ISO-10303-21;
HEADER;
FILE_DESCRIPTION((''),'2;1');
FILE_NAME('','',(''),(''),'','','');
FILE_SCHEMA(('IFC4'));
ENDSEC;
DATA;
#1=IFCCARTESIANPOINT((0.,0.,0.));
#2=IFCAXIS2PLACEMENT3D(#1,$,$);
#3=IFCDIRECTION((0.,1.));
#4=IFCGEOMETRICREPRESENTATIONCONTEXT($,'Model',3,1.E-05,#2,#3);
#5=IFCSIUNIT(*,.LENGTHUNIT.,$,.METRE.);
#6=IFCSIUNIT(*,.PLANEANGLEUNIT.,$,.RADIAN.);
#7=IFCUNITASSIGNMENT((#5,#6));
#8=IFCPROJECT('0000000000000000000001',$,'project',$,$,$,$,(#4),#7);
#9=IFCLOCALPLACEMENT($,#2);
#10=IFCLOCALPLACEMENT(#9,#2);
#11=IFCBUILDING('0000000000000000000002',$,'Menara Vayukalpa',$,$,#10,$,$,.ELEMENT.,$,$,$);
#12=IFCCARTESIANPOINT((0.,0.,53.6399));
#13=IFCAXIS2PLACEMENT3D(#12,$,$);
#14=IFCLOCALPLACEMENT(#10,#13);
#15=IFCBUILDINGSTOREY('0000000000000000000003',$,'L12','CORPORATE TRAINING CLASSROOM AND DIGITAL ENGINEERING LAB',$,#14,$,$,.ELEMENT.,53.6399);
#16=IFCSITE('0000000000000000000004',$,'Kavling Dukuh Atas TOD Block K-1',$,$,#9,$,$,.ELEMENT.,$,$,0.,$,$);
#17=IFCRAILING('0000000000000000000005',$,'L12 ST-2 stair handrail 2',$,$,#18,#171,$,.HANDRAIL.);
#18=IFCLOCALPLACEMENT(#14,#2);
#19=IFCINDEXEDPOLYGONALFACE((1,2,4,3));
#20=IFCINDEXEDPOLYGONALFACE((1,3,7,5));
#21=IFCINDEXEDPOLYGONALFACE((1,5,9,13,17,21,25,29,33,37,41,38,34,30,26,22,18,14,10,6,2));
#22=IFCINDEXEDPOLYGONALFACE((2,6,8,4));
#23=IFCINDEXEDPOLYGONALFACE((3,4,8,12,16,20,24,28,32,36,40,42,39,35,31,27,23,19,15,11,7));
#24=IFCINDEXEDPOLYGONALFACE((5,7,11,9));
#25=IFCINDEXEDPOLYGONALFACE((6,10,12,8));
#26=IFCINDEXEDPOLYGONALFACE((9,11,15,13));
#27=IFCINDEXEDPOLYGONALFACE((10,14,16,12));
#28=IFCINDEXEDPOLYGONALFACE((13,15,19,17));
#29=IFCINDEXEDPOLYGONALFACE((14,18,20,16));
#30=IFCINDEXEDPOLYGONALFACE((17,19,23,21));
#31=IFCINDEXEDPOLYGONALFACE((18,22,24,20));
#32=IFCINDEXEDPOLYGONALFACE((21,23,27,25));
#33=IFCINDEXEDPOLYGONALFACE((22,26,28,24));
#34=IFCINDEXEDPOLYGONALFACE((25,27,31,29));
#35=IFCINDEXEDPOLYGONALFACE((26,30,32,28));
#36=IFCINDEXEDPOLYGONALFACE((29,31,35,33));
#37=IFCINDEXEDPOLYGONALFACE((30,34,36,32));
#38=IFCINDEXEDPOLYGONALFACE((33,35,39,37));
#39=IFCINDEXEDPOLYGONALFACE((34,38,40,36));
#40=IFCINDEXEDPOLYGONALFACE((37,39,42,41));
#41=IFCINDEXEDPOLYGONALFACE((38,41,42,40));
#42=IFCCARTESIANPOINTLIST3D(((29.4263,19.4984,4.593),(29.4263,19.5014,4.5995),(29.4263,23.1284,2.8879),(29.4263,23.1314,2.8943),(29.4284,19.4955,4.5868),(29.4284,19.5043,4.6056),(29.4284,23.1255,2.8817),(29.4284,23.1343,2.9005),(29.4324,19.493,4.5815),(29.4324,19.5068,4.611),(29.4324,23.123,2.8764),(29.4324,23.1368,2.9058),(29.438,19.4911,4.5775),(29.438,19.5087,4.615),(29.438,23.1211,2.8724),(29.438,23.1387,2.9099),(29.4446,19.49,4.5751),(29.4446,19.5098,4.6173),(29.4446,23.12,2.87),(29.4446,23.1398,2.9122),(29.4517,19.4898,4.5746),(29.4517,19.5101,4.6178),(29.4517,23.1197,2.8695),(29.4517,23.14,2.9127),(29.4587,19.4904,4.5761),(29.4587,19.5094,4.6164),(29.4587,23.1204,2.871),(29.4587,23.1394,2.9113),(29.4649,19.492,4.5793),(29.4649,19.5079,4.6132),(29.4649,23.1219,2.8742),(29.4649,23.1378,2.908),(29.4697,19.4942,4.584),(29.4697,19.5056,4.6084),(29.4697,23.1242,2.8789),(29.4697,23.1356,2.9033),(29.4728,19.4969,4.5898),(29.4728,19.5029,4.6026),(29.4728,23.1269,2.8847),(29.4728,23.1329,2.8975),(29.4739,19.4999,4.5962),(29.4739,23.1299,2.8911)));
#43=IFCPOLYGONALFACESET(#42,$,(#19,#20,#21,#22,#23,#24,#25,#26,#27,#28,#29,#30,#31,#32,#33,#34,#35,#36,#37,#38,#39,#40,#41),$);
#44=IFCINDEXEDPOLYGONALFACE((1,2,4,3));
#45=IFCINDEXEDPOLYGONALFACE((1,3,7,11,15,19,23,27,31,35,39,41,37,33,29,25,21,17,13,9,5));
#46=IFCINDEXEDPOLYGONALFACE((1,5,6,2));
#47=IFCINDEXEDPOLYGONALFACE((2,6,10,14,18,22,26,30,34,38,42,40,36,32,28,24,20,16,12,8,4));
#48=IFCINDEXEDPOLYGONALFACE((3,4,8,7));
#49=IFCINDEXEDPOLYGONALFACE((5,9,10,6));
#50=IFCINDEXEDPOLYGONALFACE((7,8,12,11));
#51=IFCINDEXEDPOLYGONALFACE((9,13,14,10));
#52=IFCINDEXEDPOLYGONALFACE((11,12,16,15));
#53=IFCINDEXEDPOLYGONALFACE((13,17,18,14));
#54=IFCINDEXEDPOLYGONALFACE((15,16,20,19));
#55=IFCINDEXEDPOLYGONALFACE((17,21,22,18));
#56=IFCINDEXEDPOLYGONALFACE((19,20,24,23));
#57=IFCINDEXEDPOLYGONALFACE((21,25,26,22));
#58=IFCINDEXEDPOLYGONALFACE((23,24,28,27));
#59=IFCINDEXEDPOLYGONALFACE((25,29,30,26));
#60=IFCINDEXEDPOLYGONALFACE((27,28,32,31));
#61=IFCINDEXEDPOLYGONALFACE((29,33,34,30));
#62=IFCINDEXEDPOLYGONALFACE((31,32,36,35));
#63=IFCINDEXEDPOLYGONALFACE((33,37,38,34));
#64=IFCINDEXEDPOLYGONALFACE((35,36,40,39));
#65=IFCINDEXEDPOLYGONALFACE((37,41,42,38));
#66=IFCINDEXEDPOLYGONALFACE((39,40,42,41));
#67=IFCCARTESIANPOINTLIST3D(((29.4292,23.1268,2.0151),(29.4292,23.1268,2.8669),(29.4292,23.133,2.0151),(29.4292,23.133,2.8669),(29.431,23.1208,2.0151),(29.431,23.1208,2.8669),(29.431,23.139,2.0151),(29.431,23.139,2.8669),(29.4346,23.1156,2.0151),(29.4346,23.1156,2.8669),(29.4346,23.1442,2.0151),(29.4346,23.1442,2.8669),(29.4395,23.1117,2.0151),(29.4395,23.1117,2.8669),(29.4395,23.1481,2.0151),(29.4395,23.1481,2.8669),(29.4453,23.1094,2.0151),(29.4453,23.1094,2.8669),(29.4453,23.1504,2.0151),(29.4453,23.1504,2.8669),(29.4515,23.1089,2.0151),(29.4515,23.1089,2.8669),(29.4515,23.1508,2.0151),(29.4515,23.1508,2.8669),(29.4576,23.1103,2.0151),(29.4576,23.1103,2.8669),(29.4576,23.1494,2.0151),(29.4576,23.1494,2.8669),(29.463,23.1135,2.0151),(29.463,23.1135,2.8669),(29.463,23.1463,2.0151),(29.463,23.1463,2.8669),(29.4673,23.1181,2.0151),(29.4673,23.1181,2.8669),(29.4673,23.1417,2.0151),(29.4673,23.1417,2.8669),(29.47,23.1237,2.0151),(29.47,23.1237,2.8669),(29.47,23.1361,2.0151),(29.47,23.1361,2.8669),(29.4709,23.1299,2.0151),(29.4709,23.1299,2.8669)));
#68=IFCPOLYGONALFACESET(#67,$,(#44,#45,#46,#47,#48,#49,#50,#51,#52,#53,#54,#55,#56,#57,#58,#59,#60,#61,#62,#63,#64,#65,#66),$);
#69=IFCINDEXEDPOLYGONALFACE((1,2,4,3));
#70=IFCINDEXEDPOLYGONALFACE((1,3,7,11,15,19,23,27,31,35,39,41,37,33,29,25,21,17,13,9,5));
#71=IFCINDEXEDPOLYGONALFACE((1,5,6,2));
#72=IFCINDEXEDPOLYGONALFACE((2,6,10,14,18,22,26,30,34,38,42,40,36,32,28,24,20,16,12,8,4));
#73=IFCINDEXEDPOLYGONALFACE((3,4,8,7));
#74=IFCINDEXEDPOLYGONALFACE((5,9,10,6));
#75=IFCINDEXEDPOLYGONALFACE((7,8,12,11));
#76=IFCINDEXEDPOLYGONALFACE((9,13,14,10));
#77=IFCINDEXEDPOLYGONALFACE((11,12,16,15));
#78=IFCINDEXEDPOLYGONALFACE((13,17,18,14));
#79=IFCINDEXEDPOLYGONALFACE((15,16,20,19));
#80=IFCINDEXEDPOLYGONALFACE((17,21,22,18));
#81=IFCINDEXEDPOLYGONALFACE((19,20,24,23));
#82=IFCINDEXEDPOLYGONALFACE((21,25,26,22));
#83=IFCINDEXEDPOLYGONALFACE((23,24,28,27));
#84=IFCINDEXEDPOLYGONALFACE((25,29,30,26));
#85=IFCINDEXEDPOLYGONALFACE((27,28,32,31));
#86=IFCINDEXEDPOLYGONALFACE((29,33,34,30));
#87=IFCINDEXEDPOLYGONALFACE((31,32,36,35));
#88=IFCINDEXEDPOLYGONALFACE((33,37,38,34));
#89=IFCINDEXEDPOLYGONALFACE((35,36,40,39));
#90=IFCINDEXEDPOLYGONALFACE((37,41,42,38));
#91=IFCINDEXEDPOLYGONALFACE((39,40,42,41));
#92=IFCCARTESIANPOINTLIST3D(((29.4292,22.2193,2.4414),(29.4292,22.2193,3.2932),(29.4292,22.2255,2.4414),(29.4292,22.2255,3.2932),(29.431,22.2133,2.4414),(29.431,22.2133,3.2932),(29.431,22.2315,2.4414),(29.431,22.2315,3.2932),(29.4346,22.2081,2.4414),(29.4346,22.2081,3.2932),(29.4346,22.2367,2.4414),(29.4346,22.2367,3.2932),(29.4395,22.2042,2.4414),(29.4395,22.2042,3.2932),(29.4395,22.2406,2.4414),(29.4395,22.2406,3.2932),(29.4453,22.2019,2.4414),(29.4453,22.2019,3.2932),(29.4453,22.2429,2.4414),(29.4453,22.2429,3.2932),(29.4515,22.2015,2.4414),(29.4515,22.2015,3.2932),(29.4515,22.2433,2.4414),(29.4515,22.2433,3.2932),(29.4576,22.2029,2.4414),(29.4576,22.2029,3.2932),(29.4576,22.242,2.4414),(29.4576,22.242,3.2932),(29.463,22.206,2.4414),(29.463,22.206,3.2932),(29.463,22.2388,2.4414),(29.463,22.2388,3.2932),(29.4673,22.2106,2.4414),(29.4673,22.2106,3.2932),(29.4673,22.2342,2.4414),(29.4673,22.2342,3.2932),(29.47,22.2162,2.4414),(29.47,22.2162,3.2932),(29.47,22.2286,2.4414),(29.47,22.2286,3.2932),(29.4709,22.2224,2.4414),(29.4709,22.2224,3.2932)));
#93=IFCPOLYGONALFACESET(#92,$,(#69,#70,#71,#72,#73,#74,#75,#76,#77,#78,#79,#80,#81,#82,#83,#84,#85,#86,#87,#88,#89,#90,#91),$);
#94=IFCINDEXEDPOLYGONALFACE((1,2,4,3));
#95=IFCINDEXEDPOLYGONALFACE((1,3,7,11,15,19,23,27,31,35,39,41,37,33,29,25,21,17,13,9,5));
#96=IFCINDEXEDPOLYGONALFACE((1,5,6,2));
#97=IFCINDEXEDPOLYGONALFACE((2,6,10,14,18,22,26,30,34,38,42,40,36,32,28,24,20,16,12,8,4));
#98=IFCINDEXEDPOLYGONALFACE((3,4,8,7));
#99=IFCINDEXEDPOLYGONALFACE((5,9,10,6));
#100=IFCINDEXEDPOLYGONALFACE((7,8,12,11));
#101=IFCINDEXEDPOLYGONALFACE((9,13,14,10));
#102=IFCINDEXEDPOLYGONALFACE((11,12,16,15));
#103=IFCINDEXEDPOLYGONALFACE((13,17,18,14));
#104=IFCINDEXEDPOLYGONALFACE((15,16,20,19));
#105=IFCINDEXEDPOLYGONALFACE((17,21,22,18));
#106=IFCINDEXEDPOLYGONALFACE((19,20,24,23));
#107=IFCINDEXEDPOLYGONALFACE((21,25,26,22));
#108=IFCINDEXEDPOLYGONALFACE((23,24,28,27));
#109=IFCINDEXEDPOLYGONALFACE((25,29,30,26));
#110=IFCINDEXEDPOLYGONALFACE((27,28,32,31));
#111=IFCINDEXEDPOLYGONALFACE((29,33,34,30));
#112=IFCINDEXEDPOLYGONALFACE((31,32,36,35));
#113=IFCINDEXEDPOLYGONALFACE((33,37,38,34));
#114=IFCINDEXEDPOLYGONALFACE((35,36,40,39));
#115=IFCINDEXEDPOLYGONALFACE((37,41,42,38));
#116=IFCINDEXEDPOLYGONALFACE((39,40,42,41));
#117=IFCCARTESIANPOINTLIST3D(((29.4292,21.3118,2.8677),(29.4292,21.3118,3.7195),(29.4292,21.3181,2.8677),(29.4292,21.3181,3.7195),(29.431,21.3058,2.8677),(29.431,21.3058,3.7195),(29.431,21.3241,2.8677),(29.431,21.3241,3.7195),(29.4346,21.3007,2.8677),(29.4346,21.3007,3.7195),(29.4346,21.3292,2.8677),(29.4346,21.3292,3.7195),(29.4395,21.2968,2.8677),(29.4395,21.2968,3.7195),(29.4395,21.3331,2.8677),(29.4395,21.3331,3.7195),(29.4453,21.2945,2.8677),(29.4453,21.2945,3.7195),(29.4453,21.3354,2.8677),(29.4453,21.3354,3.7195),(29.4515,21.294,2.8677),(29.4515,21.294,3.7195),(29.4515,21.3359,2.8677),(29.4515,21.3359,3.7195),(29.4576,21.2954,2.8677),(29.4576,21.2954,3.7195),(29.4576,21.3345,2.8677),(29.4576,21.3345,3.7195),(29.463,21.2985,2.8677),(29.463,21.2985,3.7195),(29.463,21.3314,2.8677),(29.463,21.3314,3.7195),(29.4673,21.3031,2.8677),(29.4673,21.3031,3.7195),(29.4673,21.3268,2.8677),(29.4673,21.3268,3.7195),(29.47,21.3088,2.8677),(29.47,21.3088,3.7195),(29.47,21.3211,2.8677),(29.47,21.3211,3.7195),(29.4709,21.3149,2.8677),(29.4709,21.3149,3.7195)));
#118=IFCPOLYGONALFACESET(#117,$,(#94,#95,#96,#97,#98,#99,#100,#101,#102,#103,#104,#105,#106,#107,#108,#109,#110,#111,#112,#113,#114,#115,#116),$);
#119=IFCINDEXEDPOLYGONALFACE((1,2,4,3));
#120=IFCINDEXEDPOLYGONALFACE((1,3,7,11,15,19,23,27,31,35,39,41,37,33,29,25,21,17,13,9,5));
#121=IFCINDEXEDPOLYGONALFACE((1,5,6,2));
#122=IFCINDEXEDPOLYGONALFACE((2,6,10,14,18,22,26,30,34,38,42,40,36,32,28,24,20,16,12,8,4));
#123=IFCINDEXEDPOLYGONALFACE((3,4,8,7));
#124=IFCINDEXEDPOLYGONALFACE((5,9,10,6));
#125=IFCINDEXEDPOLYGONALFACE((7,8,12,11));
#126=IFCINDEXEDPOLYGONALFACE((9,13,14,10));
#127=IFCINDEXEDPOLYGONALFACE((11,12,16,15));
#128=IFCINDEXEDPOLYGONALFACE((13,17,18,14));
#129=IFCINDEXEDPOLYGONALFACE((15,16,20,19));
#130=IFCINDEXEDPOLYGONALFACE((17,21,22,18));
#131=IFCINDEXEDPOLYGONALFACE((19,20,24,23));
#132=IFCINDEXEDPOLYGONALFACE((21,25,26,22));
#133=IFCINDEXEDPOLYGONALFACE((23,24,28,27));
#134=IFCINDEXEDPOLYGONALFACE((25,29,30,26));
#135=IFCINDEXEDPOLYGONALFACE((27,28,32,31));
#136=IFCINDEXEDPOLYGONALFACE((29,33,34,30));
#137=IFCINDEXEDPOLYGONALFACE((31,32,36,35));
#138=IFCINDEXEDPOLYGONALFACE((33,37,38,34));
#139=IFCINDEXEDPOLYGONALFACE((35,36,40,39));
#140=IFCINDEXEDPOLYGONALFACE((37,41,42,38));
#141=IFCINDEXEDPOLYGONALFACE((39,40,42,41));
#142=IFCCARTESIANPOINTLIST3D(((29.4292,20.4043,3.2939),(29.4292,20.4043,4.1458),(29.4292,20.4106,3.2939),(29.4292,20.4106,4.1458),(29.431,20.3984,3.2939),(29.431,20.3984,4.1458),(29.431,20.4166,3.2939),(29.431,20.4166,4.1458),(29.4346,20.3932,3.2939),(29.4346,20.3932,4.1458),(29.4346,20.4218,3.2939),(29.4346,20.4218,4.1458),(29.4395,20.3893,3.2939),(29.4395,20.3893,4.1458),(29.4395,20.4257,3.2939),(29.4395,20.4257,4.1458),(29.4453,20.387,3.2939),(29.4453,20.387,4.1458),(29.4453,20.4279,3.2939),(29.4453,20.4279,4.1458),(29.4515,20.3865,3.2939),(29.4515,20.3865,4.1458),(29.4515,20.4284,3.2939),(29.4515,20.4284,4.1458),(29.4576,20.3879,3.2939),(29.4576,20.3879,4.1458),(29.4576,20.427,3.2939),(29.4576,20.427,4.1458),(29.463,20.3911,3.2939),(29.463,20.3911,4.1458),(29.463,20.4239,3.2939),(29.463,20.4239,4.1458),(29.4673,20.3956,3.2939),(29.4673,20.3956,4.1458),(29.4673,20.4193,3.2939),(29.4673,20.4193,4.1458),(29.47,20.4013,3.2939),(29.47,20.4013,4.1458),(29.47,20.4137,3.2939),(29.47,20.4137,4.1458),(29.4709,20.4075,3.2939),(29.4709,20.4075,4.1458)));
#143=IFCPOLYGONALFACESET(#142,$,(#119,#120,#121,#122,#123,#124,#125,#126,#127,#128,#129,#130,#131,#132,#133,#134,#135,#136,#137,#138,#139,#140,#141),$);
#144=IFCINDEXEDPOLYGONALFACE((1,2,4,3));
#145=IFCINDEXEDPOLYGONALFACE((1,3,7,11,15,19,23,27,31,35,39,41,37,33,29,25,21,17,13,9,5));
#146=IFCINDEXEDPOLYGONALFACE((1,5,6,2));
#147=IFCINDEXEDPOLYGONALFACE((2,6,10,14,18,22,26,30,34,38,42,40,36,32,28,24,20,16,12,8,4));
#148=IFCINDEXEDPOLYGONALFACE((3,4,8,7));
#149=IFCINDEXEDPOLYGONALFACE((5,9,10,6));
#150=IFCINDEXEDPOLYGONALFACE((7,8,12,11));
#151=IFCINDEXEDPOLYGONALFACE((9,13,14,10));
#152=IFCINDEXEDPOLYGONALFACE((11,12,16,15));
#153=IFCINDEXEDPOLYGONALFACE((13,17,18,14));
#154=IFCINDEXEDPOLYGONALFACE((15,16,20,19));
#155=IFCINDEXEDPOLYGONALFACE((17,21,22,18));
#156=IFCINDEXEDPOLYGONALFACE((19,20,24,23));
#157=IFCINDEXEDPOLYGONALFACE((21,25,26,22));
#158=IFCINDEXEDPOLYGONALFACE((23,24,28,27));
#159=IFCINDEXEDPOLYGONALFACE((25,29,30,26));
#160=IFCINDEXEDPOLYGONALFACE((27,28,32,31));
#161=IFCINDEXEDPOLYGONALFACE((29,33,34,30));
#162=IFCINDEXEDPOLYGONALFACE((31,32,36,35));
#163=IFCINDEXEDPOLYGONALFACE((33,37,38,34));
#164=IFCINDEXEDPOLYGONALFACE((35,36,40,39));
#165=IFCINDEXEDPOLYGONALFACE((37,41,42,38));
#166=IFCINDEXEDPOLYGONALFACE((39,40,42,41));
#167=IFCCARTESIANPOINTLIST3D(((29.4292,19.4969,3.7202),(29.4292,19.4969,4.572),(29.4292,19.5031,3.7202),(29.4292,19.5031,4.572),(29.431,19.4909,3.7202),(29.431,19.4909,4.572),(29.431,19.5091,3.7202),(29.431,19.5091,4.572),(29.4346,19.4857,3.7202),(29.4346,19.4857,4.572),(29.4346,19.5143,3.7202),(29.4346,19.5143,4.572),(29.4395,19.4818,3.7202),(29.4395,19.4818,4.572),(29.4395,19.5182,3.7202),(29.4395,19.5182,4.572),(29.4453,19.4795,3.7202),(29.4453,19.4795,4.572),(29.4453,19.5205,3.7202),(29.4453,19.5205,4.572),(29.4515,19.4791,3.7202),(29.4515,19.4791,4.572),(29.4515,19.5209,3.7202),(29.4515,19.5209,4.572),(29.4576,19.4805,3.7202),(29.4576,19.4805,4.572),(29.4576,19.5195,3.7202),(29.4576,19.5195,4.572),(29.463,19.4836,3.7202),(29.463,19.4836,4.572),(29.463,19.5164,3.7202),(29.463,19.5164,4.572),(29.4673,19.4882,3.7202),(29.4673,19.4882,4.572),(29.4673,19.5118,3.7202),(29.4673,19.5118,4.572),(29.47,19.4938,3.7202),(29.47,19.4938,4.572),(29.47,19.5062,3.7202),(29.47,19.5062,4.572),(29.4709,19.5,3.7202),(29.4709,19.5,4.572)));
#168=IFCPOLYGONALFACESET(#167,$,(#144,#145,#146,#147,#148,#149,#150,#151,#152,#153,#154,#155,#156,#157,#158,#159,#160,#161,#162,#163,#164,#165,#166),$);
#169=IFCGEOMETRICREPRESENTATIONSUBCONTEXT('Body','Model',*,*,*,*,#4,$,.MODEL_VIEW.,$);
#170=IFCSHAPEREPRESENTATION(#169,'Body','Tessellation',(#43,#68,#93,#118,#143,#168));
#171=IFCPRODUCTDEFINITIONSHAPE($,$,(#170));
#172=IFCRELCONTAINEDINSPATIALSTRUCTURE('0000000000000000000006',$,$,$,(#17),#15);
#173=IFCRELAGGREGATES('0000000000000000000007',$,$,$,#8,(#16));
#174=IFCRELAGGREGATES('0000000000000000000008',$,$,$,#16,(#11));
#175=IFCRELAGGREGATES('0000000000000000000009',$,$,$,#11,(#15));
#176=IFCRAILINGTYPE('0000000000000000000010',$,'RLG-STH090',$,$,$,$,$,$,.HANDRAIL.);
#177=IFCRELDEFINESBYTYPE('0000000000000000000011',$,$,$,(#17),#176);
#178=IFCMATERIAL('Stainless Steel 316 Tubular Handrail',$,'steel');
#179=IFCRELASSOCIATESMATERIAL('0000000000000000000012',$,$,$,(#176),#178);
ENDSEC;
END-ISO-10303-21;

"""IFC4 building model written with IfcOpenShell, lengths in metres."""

from ifc_helpers import new_model, si_unit, direction, frame, origin, origin_2d, place, context, subcontext, project, spatial, circle, extrude, material, type_object, element, save


model = new_model("IFC4")

# Units and contexts
model_context = context("Model", 3, precision=1e-05, world=origin(), true_north=direction((0.0, 1.0)))
body_context = subcontext(model_context, "Body", "Model", "MODEL_VIEW")
ifc_project = project(units=[si_unit("LENGTHUNIT", "METRE"), si_unit("PLANEANGLEUNIT", "RADIAN")], contexts=[model_context])

# Site, building, storey
site_placement = place(None, origin())
site = spatial("IfcSite", under=ifc_project, at=site_placement, Name="Kavling Dukuh Atas TOD Block K-1", CompositionType="ELEMENT", RefElevation=0.0)
building_placement = place(site_placement, origin())
building = spatial("IfcBuilding", under=site, at=building_placement, Name="Menara Vayukalpa", CompositionType="ELEMENT")
storey_placement = place(building_placement, frame((0.0, 0.0, 53.6399)))
storey = spatial("IfcBuildingStorey", under=building, at=storey_placement, Name="L12", Description="CORPORATE TRAINING CLASSROOM AND DIGITAL ENGINEERING LAB", CompositionType="ELEMENT", Elevation=53.6399)

# Railing
ifc_material_1 = material(Name="Stainless Steel 316 Tubular Handrail", Category="steel")
railing_type_1 = type_object("IfcRailingType", Name="RLG-STH090", PredefinedType="HANDRAIL", material=ifc_material_1)
railing_1_placement = place(storey_placement, frame((29.45, 23.1299, 2.0151)))
element("IfcRailing", 1, at=railing_1_placement, inside=storey, type_object=railing_type_1, Name="L12 ST-2 stair handrail 2", PredefinedType="HANDRAIL", context=body_context, shape_type="SweptSolid", body=[
    extrude(circle(Radius=0.0239, at=origin_2d()), frame((0.0, 0.0, 0.876), z_axis=(0.0, -0.905116, 0.425164), x_axis=(1.0, 0.0, 0.0)), (0.0, 0.0, 1.0), 4.0105),
    extrude(circle(Radius=0.021, at=origin_2d()), origin(), (0.0, 0.0, 1.0), 0.8518),
    extrude(circle(Radius=0.021, at=origin_2d()), frame((0.0, -0.9075, 0.4263)), (0.0, 0.0, 1.0), 0.8518),
    extrude(circle(Radius=0.021, at=origin_2d()), frame((0.0, -1.8149, 0.8525)), (0.0, 0.0, 1.0), 0.8518),
    extrude(circle(Radius=0.021, at=origin_2d()), frame((0.0, -2.7224, 1.2788)), (0.0, 0.0, 1.0), 0.8518),
    extrude(circle(Radius=0.021, at=origin_2d()), frame((0.0, -3.6299, 1.7051)), (0.0, 0.0, 1.0), 0.8518),
])

save(model, "model.ifc")
